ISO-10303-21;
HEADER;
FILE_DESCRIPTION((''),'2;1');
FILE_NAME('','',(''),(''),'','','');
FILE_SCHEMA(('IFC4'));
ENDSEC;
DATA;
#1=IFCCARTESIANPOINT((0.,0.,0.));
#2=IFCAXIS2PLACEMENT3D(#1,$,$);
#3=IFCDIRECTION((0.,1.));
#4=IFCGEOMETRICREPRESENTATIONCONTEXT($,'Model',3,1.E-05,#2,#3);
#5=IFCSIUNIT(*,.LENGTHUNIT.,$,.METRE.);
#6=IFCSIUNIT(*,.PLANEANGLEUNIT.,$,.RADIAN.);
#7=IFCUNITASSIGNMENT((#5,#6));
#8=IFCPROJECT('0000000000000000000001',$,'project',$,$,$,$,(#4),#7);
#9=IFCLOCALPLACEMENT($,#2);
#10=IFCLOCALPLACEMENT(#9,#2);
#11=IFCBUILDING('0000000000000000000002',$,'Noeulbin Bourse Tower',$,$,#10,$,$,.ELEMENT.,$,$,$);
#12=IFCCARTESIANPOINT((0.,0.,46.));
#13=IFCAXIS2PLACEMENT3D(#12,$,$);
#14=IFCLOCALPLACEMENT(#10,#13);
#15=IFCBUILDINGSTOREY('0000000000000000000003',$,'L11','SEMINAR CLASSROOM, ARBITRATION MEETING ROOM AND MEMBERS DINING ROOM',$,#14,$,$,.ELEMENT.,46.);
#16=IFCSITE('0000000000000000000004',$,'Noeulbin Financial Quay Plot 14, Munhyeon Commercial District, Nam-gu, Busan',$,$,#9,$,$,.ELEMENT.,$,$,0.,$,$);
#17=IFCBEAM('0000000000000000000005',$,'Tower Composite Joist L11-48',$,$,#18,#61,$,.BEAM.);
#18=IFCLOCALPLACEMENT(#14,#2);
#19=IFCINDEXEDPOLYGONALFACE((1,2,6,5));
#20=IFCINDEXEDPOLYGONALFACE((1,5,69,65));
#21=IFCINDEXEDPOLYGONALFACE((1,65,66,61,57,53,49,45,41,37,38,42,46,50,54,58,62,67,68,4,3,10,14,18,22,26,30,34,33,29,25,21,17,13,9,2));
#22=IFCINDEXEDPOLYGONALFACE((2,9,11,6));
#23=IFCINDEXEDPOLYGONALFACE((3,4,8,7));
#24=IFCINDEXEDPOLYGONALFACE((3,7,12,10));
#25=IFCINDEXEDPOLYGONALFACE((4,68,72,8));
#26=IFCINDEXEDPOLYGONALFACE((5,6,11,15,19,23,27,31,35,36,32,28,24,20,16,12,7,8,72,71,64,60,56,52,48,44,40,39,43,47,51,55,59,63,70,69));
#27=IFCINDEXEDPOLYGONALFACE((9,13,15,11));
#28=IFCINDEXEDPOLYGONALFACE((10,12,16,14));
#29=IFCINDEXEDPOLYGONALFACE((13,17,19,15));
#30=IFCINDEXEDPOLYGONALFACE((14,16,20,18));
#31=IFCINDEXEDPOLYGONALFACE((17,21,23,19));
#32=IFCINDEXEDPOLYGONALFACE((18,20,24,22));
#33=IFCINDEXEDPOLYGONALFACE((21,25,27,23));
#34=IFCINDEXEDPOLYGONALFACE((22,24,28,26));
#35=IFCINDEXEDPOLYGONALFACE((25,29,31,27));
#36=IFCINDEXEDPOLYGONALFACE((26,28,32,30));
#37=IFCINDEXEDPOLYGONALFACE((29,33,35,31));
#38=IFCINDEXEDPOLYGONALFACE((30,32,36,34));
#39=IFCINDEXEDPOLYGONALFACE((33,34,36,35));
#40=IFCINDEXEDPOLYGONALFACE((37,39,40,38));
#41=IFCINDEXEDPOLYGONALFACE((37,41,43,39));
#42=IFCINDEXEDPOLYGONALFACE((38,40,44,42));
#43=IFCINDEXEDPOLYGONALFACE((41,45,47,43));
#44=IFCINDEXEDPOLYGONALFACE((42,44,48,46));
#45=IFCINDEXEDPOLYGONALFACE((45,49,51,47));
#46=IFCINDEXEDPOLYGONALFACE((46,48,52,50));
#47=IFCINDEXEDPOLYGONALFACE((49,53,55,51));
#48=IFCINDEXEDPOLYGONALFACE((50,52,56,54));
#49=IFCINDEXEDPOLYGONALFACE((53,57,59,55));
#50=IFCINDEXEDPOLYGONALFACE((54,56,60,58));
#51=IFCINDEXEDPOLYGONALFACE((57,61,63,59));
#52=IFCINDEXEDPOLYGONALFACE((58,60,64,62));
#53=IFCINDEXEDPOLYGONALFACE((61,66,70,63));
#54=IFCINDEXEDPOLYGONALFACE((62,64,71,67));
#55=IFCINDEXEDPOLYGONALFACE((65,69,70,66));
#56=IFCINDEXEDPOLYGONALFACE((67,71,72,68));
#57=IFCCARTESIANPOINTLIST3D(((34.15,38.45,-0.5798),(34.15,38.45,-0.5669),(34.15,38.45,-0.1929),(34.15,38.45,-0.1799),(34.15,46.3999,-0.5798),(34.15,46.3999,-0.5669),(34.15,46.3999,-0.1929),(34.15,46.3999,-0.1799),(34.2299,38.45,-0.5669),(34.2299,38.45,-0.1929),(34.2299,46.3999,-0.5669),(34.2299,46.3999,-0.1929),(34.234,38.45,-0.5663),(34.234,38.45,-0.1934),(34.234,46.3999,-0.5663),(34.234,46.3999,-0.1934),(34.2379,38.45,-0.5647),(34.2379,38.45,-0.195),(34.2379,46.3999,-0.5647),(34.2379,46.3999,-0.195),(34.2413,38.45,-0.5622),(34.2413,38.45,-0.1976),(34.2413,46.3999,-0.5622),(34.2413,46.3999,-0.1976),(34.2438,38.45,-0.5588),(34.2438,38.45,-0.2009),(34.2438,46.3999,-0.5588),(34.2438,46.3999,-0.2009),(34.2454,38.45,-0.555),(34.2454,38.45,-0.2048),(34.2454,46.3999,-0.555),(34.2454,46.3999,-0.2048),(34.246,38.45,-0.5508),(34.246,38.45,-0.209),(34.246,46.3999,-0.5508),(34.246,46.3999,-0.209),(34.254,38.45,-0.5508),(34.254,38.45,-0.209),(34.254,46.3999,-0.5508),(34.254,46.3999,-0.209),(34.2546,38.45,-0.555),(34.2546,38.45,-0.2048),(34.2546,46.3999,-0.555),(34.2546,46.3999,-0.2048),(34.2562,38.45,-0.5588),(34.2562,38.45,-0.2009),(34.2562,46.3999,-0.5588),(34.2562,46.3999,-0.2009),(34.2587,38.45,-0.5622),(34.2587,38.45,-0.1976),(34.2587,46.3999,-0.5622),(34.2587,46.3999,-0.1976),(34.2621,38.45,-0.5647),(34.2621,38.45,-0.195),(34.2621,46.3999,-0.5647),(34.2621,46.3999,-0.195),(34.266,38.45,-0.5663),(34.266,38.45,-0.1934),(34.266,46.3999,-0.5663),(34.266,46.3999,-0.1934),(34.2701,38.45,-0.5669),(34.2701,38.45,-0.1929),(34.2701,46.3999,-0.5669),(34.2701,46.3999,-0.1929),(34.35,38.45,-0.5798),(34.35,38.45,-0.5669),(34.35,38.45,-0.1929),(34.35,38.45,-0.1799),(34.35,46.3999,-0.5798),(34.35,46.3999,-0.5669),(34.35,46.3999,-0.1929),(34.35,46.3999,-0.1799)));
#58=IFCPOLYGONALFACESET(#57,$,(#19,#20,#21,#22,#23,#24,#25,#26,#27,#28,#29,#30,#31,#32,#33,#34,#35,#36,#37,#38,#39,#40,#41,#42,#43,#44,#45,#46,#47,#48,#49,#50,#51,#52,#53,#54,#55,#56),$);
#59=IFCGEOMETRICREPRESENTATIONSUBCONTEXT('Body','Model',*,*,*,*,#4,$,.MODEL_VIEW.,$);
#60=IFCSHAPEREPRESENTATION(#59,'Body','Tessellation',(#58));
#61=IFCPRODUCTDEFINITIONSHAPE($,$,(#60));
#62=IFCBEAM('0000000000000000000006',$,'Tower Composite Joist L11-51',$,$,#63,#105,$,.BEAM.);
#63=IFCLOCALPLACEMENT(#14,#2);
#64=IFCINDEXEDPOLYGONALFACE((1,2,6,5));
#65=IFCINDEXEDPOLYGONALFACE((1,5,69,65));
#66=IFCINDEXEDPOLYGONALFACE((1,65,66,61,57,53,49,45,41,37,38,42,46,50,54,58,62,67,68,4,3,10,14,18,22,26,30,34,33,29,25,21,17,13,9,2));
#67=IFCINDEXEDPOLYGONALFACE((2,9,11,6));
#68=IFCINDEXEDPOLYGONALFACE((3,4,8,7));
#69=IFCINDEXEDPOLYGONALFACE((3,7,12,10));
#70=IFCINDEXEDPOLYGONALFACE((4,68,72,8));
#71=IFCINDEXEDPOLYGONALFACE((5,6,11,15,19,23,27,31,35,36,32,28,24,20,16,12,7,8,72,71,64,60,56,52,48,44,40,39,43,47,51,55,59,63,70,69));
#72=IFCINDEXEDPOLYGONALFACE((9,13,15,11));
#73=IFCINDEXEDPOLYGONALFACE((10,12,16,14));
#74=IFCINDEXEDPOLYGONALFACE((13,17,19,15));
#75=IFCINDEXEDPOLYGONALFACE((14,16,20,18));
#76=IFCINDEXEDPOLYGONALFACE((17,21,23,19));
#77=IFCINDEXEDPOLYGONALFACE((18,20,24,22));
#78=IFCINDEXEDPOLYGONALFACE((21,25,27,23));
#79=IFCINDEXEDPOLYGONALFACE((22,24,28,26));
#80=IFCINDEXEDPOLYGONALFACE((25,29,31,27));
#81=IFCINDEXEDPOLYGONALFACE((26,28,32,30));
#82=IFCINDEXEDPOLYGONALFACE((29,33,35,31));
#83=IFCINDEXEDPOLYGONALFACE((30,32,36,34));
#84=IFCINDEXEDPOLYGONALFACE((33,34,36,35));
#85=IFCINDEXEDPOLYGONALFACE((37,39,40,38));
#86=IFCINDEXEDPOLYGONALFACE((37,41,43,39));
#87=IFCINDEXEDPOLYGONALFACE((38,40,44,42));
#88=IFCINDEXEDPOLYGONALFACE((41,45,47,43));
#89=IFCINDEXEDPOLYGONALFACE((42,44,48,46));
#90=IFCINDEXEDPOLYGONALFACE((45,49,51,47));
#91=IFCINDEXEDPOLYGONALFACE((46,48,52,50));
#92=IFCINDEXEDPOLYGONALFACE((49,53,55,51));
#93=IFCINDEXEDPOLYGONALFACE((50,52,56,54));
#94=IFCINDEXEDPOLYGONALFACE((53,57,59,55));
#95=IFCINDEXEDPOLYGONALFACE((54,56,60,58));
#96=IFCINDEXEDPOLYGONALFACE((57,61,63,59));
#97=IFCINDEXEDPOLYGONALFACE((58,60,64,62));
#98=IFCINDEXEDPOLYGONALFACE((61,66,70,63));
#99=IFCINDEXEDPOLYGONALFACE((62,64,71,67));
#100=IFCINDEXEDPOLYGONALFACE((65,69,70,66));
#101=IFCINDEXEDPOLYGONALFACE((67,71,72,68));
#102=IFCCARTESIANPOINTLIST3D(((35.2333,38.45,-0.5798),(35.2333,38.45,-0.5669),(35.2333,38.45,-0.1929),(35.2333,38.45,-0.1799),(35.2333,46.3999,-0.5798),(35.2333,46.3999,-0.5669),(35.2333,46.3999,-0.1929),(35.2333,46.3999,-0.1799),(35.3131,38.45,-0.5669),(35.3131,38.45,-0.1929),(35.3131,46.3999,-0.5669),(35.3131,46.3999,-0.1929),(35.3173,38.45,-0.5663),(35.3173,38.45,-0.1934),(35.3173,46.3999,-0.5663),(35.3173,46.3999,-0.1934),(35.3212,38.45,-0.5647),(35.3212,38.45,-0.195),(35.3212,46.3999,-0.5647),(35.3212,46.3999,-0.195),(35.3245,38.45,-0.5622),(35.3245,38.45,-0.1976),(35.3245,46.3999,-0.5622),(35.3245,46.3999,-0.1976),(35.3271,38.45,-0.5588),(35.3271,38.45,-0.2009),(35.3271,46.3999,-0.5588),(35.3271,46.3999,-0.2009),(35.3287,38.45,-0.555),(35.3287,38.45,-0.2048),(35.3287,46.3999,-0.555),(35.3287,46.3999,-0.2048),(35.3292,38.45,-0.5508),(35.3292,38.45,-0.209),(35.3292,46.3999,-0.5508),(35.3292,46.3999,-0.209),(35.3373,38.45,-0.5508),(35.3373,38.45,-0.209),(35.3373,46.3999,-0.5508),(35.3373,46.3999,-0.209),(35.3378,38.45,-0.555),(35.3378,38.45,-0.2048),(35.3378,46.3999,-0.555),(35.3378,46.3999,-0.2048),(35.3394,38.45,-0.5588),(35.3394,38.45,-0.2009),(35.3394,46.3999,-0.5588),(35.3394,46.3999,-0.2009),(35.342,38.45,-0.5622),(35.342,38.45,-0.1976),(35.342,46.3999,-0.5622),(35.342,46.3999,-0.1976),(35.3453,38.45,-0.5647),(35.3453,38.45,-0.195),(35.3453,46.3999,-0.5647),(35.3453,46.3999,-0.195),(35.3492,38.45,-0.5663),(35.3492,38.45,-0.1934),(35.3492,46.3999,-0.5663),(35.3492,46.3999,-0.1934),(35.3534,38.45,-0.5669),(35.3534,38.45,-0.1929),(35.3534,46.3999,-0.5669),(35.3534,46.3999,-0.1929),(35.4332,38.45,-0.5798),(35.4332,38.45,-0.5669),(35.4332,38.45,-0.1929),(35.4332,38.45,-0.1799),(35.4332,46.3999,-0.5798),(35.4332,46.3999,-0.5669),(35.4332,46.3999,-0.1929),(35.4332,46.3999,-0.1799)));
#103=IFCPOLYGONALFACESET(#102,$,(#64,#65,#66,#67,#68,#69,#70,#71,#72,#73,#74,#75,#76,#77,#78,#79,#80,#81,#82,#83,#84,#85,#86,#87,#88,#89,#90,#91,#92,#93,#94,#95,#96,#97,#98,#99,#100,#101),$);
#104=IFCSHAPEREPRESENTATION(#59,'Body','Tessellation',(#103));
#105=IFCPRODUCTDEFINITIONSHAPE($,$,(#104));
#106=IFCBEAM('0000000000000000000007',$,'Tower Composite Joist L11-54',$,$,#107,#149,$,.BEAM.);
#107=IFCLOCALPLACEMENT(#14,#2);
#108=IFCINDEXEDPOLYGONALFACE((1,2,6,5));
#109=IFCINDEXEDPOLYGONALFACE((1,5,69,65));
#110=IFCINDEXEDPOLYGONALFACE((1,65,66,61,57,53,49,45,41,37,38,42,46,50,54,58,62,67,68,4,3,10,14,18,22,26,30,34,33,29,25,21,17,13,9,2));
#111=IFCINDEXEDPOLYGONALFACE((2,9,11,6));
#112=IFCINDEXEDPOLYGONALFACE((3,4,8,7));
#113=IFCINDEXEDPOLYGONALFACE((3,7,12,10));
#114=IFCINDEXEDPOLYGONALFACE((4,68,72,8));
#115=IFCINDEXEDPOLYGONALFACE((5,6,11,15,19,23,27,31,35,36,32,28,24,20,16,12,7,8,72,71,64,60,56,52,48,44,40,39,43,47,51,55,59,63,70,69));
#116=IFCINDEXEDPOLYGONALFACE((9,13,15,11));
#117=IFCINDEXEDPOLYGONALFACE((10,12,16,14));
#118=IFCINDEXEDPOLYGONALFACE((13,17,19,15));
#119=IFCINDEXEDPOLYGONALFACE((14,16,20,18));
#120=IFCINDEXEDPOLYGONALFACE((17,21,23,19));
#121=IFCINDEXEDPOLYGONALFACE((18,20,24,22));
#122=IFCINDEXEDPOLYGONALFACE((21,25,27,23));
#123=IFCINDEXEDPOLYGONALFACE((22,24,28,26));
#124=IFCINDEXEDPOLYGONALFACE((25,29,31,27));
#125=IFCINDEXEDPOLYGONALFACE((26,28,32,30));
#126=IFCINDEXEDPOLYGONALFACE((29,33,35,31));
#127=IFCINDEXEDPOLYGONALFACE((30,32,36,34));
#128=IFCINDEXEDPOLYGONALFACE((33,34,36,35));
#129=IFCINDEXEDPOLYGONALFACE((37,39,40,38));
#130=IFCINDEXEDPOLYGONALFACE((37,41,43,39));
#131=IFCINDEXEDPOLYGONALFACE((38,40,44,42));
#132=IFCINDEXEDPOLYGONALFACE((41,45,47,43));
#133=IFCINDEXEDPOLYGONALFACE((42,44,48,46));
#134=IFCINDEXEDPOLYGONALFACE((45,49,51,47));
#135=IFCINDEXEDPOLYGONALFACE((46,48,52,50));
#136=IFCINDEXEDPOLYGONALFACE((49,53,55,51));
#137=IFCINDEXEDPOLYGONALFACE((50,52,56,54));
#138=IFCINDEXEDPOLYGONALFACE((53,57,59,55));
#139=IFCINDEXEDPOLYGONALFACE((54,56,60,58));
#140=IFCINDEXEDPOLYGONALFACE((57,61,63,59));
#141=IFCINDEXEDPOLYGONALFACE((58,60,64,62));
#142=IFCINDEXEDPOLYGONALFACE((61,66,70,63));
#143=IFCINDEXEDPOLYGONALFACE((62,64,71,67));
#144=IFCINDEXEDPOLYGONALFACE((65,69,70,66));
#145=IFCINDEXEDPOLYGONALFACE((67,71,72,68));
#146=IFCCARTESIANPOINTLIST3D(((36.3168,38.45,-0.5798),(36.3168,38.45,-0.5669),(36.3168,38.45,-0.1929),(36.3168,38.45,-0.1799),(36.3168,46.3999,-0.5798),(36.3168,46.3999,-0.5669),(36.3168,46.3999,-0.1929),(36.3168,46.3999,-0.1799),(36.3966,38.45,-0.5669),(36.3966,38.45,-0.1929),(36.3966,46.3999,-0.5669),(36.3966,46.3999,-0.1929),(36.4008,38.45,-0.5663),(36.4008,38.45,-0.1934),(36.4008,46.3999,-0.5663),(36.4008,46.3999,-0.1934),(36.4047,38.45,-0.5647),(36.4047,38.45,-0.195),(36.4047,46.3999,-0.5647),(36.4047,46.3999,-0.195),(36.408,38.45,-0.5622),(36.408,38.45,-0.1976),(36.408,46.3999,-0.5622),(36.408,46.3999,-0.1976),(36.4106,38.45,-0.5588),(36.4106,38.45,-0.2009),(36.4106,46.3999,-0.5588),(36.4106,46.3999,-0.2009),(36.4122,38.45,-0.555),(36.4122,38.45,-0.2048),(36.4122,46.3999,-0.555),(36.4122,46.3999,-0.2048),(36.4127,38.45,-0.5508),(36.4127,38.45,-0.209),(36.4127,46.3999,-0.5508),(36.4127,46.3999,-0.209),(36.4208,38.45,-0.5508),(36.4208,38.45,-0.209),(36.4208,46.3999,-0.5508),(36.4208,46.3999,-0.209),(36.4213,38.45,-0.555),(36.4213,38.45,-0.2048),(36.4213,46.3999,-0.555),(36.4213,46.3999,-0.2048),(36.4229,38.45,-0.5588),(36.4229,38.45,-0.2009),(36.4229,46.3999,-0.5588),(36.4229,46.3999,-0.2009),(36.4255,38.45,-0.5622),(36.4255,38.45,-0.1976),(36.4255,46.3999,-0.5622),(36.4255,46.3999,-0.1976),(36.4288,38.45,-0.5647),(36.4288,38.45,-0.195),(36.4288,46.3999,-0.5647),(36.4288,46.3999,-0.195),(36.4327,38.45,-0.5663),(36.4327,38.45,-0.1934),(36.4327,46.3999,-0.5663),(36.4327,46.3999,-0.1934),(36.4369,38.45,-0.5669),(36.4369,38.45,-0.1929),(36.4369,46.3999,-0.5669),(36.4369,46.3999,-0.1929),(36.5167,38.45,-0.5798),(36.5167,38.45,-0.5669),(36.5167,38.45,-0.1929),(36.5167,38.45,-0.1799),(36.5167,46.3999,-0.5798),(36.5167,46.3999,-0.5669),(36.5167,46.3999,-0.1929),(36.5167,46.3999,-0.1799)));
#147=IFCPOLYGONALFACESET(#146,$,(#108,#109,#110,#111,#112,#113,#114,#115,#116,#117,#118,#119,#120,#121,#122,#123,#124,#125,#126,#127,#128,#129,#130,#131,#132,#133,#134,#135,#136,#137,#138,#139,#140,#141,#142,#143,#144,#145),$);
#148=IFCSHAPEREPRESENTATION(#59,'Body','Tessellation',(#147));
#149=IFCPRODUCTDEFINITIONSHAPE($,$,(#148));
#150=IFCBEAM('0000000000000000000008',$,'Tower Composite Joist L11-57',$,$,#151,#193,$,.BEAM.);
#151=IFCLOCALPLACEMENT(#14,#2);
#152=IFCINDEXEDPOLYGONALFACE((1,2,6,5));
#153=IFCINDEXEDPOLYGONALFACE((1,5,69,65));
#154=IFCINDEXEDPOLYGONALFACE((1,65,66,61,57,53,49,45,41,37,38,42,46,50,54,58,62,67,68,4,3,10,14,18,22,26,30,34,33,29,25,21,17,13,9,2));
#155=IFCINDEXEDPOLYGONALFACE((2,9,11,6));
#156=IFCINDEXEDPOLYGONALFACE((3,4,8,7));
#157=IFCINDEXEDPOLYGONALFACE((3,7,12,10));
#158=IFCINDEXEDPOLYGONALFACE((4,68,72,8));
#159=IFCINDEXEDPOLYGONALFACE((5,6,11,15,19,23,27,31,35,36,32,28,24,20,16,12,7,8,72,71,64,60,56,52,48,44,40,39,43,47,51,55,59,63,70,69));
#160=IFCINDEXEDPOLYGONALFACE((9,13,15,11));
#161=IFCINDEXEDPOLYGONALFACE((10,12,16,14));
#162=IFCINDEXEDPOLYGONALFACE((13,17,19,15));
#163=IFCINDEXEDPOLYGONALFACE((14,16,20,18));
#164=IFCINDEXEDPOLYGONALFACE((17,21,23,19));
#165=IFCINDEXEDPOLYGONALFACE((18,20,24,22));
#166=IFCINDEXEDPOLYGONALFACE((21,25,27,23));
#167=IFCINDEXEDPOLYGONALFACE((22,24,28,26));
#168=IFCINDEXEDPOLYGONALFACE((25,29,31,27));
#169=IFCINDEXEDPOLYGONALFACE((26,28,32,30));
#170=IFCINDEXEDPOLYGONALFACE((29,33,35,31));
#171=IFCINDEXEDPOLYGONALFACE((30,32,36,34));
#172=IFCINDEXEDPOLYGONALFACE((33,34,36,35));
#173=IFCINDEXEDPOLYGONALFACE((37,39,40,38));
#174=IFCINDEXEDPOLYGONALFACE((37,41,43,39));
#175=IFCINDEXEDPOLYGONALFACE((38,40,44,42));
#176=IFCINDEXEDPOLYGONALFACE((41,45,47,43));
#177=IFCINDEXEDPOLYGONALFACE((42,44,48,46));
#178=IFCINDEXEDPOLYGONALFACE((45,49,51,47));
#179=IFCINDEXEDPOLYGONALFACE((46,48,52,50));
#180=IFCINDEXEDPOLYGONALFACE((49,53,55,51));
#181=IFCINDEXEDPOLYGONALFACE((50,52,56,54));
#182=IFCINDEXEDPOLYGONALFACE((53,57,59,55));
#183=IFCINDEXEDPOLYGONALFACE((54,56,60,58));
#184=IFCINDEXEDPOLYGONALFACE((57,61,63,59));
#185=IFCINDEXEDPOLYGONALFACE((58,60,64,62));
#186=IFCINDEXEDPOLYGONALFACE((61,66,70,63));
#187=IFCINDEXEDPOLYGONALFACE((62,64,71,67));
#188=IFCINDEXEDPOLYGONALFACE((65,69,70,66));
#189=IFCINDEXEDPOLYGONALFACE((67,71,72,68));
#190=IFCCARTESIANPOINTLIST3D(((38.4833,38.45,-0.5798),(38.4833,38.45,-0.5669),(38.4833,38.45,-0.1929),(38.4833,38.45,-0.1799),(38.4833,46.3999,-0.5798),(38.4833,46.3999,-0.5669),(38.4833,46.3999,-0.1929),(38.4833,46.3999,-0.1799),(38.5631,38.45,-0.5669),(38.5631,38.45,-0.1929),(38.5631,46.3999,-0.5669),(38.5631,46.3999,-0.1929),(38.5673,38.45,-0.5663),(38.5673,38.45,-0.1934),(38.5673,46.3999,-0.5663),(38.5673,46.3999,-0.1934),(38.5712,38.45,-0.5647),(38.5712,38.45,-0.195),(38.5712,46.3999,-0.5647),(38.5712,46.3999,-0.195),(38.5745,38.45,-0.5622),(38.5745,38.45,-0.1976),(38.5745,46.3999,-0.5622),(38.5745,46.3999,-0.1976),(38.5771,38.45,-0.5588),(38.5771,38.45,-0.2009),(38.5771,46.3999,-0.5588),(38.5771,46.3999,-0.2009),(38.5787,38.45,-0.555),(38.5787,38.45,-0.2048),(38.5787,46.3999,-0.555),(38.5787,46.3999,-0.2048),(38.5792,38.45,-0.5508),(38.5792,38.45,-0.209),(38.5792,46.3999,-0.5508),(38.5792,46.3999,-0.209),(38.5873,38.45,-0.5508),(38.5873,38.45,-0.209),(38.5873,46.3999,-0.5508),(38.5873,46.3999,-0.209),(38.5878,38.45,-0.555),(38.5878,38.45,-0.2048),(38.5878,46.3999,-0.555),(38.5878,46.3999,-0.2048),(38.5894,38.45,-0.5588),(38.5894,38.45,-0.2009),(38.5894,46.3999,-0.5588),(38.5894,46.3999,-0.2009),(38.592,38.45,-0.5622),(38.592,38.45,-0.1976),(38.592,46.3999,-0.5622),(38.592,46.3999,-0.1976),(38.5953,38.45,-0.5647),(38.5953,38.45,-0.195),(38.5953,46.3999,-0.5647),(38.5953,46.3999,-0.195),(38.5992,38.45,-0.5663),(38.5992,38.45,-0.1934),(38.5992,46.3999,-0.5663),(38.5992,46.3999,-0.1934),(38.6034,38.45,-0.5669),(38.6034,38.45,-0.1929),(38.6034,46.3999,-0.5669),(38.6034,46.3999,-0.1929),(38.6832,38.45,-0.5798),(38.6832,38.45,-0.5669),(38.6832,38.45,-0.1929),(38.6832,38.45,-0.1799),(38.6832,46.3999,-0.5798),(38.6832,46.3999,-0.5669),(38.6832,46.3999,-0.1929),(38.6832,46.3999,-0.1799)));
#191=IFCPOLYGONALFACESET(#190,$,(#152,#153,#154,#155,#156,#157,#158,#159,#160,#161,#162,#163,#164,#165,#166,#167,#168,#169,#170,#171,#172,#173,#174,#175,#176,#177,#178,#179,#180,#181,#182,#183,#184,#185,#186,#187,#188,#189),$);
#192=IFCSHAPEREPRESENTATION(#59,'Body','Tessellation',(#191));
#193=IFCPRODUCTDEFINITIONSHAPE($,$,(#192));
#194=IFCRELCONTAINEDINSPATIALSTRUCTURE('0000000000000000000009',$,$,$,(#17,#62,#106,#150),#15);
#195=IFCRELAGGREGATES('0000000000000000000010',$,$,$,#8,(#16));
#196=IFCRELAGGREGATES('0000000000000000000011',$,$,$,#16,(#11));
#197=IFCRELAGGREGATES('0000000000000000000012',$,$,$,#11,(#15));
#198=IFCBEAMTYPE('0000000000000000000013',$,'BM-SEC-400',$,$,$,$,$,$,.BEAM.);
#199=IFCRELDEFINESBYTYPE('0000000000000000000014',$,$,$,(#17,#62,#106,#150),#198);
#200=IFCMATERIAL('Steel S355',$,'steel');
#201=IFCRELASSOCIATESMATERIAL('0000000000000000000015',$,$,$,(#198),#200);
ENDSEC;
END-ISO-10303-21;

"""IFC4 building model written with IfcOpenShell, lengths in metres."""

from ifc_helpers import new_model, si_unit, direction, frame, origin, origin_2d, place, context, subcontext, project, spatial, i_section, extrude, material, material_profile, profile_set, type_object, element, save


model = new_model("IFC4")

# Units and contexts
model_context = context("Model", 3, precision=1e-05, world=origin(), true_north=direction((0.0, 1.0)))
body_context = subcontext(model_context, "Body", "Model", "MODEL_VIEW")
ifc_project = project(units=[si_unit("LENGTHUNIT", "METRE"), si_unit("PLANEANGLEUNIT", "RADIAN")], contexts=[model_context])

# Site, building, storey
site_placement = place(None, origin())
site = spatial("IfcSite", under=ifc_project, at=site_placement, Name="Noeulbin Financial Quay Plot 14, Munhyeon Commercial District, Nam-gu, Busan", CompositionType="ELEMENT", RefElevation=0.0)
building_placement = place(site_placement, origin())
building = spatial("IfcBuilding", under=site, at=building_placement, Name="Noeulbin Bourse Tower", CompositionType="ELEMENT")
storey_placement = place(building_placement, frame((0.0, 0.0, 46.0)))
storey = spatial("IfcBuildingStorey", under=building, at=storey_placement, Name="L11", Description="SEMINAR CLASSROOM, ARBITRATION MEETING ROOM AND MEMBERS DINING ROOM", CompositionType="ELEMENT", Elevation=46.0)

# Beams
ifc_material_1 = material(Name="Steel S355", Category="steel")
ifc_material_profile_1 = material_profile(ifc_material_1, i_section(OverallWidth=0.2, OverallDepth=0.3999, WebThickness=0.0081, FlangeThickness=0.0129, FilletRadius=0.0161, at=origin_2d()), Name="H-400x200x8x13", Category="LoadBearing")
ifc_profile_set_1 = profile_set([ifc_material_profile_1], Name="Steel S355")
beam_type_1 = type_object("IfcBeamType", Name="BM-SEC-400", PredefinedType="BEAM", material=ifc_profile_set_1)
for number, where, z_axis, x_axis, name in (
    (1, (34.25, 38.45, -0.3799), (0.0, 1.0, 0.0), (-1.0, 0.0, 0.0), "Tower Composite Joist L11-48"),
    (2, (35.3333, 38.45, -0.3799), (0.0, 1.0, 0.0), (-1.0, 0.0, 0.0), "Tower Composite Joist L11-51"),
    (3, (36.4167, 38.45, -0.3799), (0.0, 1.0, 0.0), (-1.0, 0.0, 0.0), "Tower Composite Joist L11-54"),
    (4, (38.5833, 38.45, -0.3799), (0.0, 1.0, 0.0), (-1.0, 0.0, 0.0), "Tower Composite Joist L11-57"),
):
    element("IfcBeam", number, at=place(storey_placement, frame(where, z_axis=z_axis, x_axis=x_axis)), inside=storey, type_object=beam_type_1, Name=name, PredefinedType="BEAM", context=body_context, shape_type="SweptSolid", body=[
        extrude(i_section(OverallWidth=0.2, OverallDepth=0.3999, WebThickness=0.0081, FlangeThickness=0.0129, FilletRadius=0.0161, at=origin_2d()), origin(), (0.0, 0.0, 1.0), 7.95),
    ])

save(model, "model.ifc")
